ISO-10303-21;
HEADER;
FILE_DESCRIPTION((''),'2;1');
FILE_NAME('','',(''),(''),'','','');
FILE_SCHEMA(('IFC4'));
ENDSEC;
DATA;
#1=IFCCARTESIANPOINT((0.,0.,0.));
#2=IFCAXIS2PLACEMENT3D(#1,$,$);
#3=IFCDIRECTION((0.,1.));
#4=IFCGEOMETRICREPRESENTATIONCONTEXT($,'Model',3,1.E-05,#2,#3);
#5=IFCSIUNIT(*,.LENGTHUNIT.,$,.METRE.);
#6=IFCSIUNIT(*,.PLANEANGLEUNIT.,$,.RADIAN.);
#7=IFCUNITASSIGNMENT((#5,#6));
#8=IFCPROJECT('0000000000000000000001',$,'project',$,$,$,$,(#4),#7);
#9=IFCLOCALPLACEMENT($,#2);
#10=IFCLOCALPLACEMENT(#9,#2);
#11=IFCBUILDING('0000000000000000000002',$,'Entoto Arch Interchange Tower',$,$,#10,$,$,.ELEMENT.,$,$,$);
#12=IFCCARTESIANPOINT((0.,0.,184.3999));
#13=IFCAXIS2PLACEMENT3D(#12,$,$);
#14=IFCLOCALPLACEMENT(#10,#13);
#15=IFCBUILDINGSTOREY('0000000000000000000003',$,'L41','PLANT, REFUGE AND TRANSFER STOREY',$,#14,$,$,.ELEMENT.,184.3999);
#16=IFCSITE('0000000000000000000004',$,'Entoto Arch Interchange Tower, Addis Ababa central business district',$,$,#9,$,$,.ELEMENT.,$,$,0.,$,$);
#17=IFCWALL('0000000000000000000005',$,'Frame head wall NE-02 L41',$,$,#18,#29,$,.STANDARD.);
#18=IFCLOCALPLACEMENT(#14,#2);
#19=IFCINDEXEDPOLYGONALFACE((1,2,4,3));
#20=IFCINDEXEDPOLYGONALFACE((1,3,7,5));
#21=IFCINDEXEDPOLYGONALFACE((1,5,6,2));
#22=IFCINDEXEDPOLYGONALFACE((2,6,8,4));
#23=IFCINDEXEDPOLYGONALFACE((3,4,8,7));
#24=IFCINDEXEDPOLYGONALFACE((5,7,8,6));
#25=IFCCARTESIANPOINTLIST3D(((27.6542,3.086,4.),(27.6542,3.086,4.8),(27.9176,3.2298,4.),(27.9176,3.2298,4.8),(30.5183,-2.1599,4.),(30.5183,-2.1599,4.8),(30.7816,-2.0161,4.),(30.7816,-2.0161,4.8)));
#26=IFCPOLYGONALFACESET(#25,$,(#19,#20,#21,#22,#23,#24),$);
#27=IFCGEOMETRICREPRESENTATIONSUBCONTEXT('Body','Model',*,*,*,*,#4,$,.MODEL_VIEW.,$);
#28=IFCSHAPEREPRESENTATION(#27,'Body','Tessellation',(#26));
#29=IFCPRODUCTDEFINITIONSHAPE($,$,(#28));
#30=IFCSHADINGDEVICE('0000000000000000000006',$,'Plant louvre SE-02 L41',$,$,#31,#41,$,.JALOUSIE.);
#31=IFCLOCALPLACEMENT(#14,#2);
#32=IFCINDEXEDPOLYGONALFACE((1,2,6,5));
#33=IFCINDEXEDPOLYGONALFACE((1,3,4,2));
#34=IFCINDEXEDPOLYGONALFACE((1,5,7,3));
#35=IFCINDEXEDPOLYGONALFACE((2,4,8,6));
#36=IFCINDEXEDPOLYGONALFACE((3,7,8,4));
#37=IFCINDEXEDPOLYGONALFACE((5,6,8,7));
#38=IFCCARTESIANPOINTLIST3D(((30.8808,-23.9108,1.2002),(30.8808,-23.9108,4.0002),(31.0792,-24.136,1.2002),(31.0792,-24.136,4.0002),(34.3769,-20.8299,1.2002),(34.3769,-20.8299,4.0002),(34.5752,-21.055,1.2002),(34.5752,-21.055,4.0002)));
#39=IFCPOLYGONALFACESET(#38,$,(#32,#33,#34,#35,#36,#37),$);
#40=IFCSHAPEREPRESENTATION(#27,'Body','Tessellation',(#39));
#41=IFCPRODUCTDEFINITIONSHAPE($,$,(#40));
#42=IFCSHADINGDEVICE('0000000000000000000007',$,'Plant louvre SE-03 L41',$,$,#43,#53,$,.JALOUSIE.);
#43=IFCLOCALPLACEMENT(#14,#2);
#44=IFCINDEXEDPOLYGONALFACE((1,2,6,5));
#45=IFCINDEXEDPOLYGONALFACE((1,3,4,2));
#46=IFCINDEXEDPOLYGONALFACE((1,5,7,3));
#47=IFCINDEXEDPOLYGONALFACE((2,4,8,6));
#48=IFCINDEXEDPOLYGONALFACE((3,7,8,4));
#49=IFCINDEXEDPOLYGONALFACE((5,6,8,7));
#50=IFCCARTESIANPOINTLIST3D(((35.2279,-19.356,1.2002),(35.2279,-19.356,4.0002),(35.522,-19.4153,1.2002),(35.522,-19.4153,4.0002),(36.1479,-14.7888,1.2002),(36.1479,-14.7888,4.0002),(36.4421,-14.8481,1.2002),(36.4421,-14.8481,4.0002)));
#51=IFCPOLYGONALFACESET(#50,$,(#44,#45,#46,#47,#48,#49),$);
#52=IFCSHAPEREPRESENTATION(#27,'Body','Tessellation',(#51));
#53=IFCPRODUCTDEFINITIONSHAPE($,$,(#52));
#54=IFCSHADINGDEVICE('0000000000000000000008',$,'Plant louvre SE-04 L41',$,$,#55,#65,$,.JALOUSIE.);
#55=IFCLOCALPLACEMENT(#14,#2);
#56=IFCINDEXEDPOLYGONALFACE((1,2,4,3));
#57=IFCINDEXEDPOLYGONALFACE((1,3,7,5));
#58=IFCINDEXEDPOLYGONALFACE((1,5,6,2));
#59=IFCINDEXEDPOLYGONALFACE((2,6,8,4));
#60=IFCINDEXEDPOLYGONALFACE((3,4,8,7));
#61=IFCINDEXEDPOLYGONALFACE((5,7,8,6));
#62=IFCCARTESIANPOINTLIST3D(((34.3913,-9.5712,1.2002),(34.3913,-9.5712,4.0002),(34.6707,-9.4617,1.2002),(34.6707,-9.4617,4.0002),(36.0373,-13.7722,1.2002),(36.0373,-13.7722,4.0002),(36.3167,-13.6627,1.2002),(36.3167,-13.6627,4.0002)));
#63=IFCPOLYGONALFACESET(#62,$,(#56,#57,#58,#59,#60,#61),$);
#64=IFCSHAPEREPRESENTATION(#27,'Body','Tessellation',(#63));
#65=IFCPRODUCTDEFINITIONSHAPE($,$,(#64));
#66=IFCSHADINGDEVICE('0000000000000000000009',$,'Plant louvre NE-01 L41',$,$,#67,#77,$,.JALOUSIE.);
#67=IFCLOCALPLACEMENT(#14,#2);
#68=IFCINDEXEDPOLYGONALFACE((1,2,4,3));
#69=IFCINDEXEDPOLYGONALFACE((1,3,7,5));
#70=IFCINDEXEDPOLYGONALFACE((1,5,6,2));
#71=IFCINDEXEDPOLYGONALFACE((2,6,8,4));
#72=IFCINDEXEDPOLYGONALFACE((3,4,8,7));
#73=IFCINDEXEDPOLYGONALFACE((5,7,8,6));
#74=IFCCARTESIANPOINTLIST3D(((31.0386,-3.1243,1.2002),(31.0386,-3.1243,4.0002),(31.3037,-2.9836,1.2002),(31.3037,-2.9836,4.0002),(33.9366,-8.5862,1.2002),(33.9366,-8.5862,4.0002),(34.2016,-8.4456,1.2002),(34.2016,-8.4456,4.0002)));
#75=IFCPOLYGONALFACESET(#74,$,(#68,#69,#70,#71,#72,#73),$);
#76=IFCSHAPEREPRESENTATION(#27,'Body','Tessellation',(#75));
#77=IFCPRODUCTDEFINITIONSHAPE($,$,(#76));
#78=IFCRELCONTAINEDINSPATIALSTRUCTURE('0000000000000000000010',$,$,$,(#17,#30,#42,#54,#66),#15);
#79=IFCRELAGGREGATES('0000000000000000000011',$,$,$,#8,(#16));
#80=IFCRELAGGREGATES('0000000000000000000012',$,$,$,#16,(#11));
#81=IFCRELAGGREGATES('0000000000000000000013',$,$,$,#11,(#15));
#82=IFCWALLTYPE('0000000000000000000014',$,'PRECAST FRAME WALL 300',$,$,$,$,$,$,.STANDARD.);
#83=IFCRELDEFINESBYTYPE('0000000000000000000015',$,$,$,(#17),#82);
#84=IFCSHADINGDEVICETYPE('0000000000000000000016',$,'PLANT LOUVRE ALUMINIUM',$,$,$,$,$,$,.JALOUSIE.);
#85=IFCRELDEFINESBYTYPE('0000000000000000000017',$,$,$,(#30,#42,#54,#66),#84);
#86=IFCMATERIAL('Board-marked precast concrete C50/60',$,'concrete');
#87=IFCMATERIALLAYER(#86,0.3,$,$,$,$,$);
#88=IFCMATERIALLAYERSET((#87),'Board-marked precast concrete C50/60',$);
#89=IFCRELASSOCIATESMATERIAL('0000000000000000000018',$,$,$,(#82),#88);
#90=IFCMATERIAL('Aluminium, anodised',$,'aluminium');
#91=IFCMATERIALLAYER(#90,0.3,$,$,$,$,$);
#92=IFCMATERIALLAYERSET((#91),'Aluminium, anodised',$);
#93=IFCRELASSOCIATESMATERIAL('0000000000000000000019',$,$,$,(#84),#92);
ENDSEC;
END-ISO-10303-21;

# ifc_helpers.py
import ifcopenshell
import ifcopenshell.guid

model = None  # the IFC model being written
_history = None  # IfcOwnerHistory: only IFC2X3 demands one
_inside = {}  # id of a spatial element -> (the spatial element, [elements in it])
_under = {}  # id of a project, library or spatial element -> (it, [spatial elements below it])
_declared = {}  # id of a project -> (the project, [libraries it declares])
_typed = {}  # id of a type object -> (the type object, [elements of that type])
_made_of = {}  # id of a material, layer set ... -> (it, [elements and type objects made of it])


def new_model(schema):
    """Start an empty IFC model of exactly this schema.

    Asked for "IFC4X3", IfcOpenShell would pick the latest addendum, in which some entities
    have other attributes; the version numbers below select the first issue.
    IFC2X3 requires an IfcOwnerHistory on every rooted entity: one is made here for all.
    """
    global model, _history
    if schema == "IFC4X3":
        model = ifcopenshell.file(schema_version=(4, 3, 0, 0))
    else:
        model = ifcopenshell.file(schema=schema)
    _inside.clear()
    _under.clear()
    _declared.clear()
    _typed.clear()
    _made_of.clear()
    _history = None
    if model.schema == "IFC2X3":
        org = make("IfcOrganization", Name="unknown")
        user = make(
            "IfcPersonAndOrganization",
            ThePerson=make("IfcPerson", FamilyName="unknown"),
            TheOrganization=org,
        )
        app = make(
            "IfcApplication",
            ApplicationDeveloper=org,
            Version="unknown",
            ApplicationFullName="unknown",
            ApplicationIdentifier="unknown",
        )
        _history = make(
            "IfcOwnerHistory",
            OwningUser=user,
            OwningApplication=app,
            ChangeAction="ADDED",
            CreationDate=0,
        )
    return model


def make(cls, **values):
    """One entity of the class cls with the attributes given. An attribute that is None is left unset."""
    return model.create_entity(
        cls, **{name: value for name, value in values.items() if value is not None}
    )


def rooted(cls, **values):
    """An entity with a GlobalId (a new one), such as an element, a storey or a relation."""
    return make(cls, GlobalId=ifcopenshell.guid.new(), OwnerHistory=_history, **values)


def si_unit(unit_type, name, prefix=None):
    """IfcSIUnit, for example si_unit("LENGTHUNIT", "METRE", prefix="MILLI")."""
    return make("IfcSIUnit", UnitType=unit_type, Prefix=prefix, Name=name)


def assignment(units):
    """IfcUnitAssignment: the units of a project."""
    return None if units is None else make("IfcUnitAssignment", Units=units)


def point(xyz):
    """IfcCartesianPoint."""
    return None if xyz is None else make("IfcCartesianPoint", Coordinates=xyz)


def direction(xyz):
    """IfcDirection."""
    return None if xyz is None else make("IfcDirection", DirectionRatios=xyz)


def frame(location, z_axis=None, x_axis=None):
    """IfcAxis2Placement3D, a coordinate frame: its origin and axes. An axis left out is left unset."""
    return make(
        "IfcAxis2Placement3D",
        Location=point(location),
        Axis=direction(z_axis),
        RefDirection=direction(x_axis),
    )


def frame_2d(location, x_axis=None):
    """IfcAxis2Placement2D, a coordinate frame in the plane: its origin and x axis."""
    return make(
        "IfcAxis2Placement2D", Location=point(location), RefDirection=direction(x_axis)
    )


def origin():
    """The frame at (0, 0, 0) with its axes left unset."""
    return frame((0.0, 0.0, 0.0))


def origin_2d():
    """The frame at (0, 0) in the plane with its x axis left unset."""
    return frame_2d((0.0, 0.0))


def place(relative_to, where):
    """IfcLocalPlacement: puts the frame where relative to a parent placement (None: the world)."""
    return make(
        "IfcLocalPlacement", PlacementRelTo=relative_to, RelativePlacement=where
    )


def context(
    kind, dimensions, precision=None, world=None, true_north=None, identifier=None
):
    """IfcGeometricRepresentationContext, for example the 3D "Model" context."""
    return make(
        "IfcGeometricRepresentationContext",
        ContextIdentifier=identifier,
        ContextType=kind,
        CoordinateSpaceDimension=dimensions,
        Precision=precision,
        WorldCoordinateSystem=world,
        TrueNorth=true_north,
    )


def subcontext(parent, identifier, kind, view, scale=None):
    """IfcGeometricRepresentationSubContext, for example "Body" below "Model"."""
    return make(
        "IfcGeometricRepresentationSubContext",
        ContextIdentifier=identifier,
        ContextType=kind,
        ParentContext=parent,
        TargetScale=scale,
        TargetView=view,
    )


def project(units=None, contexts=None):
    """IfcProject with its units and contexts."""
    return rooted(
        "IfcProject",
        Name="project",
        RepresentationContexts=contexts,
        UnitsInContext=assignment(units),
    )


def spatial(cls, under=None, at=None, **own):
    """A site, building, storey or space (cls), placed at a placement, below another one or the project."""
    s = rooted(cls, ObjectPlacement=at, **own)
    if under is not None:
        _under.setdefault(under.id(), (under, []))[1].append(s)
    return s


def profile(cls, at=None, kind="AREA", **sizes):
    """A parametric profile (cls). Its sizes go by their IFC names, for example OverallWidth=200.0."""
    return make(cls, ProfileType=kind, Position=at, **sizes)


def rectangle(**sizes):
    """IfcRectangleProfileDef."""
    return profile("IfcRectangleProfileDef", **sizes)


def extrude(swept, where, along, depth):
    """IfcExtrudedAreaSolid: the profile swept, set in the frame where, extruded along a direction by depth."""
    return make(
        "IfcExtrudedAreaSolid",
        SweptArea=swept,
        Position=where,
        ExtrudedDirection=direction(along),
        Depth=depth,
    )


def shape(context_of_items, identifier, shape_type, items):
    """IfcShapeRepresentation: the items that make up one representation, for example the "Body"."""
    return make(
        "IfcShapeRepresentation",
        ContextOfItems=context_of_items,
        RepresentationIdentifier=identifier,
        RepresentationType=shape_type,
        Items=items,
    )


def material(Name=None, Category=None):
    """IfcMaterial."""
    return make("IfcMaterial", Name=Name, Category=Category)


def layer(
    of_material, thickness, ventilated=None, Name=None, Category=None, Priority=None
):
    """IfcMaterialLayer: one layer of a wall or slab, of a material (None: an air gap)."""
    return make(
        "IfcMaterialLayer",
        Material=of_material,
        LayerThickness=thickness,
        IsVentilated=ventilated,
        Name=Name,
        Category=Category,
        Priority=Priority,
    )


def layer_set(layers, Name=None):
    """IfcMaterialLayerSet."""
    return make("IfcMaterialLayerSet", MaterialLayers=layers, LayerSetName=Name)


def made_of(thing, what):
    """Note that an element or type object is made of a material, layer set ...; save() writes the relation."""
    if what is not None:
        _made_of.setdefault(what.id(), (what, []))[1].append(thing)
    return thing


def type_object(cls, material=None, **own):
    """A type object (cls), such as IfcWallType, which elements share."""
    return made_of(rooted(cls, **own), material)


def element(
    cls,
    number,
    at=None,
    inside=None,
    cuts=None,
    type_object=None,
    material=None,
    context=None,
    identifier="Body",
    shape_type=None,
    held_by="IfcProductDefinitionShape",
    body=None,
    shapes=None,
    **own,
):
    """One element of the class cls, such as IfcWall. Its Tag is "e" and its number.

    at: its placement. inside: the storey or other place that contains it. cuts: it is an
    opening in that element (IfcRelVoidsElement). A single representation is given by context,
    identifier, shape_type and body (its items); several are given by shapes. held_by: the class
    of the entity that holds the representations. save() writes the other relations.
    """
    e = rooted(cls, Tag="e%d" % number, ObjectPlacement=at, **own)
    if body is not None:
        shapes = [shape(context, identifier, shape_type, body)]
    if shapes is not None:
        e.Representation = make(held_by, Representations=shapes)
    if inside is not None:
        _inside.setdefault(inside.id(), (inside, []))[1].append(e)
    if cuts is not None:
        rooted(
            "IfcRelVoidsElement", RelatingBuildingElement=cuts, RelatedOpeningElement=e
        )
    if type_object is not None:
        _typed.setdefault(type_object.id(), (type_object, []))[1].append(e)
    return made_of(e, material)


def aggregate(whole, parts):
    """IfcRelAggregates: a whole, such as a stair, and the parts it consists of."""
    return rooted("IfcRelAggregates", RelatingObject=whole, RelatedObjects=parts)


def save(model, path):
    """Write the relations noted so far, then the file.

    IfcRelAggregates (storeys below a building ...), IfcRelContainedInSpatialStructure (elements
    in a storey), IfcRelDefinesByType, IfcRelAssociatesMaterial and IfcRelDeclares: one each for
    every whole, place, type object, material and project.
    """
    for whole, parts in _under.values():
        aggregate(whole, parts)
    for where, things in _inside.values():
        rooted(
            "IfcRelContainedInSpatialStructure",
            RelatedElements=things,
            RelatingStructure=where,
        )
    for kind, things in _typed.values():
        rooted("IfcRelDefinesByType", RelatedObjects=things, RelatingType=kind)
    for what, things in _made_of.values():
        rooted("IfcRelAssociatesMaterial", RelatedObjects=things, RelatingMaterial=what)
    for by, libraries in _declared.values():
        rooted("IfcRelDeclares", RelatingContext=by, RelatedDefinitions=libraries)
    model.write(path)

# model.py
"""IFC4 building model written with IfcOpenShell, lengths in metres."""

from ifc_helpers import new_model, si_unit, direction, frame, frame_2d, origin, origin_2d, place, context, subcontext, project, spatial, rectangle, extrude, material, layer, layer_set, type_object, element, save


model = new_model("IFC4")

# Units and contexts
model_context = context("Model", 3, precision=1e-05, world=origin(), true_north=direction((0.0, 1.0)))
body_context = subcontext(model_context, "Body", "Model", "MODEL_VIEW")
ifc_project = project(units=[si_unit("LENGTHUNIT", "METRE"), si_unit("PLANEANGLEUNIT", "RADIAN")], contexts=[model_context])

# Site, building, storey
site_placement = place(None, origin())
site = spatial("IfcSite", under=ifc_project, at=site_placement, Name="Entoto Arch Interchange Tower, Addis Ababa central business district", CompositionType="ELEMENT", RefElevation=0.0)
building_placement = place(site_placement, origin())
building = spatial("IfcBuilding", under=site, at=building_placement, Name="Entoto Arch Interchange Tower", CompositionType="ELEMENT")
storey_placement = place(building_placement, frame((0.0, 0.0, 184.3999)))
storey = spatial("IfcBuildingStorey", under=building, at=storey_placement, Name="L41", Description="PLANT, REFUGE AND TRANSFER STOREY", CompositionType="ELEMENT", Elevation=184.3999)

# Wall
ifc_material_1 = material(Name="Board-marked precast concrete C50/60", Category="concrete")
ifc_layer_1 = layer(ifc_material_1, 0.3)
ifc_layer_set_1 = layer_set([ifc_layer_1], Name="Board-marked precast concrete C50/60")
wall_type_1 = type_object("IfcWallType", Name="PRECAST FRAME WALL 300", PredefinedType="STANDARD", material=ifc_layer_set_1)
wall_1_placement = place(storey_placement, frame((30.6499, -2.0879, 4.0), z_axis=(0.0, 0.0, 1.0), x_axis=(-0.479193, 0.87771, 0.0)))
element("IfcWall", 1, at=wall_1_placement, inside=storey, type_object=wall_type_1, Name="Frame head wall NE-02 L41", PredefinedType="STANDARD", context=body_context, shape_type="SweptSolid", body=[
    extrude(rectangle(XDim=5.9768, YDim=0.3, at=frame_2d((2.9883, 0.0))), origin(), (0.0, 0.0, 1.0), 0.8),
])

# Shading devices
ifc_material_2 = material(Name="Aluminium, anodised", Category="aluminium")
ifc_layer_2 = layer(ifc_material_2, 0.3)
ifc_layer_set_2 = layer_set([ifc_layer_2], Name="Aluminium, anodised")
shading_device_type = type_object("IfcShadingDeviceType", Name="PLANT LOUVRE ALUMINIUM", PredefinedType="JALOUSIE", material=ifc_layer_set_2)
shading_device_1_placement = place(storey_placement, frame((32.728, -22.4829, 1.2002), z_axis=(0.0, 0.0, 1.0), x_axis=(0.750238, 0.661168, 0.0)))
element("IfcShadingDevice", 2, at=shading_device_1_placement, inside=storey, type_object=shading_device_type, Name="Plant louvre SE-02 L41", PredefinedType="JALOUSIE", context=body_context, shape_type="SweptSolid", body=[
    extrude(rectangle(XDim=4.6599, YDim=0.3, at=origin_2d()), origin(), (0.0, 0.0, 1.0), 2.8),
])
shading_device_2_placement = place(storey_placement, frame((35.835, -17.1021, 1.2002), z_axis=(0.0, 0.0, 1.0), x_axis=(0.197486, 0.980306, 0.0)))
element("IfcShadingDevice", 3, at=shading_device_2_placement, inside=storey, type_object=shading_device_type, Name="Plant louvre SE-03 L41", PredefinedType="JALOUSIE", context=body_context, shape_type="SweptSolid", body=[
    extrude(rectangle(XDim=4.6589, YDim=0.3, at=origin_2d()), origin(), (0.0, 0.0, 1.0), 2.8),
])
shading_device_3_placement = place(storey_placement, frame((35.354, -11.6169, 1.2002), z_axis=(0.0, 0.0, 1.0), x_axis=(-0.364812, 0.931081, 0.0)))
element("IfcShadingDevice", 4, at=shading_device_3_placement, inside=storey, type_object=shading_device_type, Name="Plant louvre SE-04 L41", PredefinedType="JALOUSIE", context=body_context, shape_type="SweptSolid", body=[
    extrude(rectangle(XDim=4.512, YDim=0.3, at=origin_2d()), origin(), (0.0, 0.0, 1.0), 2.8),
])
shading_device_4_placement = place(storey_placement, frame((32.6201, -5.7849, 1.2002), z_axis=(0.0, 0.0, 1.0), x_axis=(-0.468685, 0.883365, 0.0)))
element("IfcShadingDevice", 5, at=shading_device_4_placement, inside=storey, type_object=shading_device_type, Name="Plant louvre NE-01 L41", PredefinedType="JALOUSIE", context=body_context, shape_type="SweptSolid", body=[
    extrude(rectangle(XDim=6.1831, YDim=0.3, at=origin_2d()), origin(), (0.0, 0.0, 1.0), 2.8),
])

save(model, "model.ifc")
